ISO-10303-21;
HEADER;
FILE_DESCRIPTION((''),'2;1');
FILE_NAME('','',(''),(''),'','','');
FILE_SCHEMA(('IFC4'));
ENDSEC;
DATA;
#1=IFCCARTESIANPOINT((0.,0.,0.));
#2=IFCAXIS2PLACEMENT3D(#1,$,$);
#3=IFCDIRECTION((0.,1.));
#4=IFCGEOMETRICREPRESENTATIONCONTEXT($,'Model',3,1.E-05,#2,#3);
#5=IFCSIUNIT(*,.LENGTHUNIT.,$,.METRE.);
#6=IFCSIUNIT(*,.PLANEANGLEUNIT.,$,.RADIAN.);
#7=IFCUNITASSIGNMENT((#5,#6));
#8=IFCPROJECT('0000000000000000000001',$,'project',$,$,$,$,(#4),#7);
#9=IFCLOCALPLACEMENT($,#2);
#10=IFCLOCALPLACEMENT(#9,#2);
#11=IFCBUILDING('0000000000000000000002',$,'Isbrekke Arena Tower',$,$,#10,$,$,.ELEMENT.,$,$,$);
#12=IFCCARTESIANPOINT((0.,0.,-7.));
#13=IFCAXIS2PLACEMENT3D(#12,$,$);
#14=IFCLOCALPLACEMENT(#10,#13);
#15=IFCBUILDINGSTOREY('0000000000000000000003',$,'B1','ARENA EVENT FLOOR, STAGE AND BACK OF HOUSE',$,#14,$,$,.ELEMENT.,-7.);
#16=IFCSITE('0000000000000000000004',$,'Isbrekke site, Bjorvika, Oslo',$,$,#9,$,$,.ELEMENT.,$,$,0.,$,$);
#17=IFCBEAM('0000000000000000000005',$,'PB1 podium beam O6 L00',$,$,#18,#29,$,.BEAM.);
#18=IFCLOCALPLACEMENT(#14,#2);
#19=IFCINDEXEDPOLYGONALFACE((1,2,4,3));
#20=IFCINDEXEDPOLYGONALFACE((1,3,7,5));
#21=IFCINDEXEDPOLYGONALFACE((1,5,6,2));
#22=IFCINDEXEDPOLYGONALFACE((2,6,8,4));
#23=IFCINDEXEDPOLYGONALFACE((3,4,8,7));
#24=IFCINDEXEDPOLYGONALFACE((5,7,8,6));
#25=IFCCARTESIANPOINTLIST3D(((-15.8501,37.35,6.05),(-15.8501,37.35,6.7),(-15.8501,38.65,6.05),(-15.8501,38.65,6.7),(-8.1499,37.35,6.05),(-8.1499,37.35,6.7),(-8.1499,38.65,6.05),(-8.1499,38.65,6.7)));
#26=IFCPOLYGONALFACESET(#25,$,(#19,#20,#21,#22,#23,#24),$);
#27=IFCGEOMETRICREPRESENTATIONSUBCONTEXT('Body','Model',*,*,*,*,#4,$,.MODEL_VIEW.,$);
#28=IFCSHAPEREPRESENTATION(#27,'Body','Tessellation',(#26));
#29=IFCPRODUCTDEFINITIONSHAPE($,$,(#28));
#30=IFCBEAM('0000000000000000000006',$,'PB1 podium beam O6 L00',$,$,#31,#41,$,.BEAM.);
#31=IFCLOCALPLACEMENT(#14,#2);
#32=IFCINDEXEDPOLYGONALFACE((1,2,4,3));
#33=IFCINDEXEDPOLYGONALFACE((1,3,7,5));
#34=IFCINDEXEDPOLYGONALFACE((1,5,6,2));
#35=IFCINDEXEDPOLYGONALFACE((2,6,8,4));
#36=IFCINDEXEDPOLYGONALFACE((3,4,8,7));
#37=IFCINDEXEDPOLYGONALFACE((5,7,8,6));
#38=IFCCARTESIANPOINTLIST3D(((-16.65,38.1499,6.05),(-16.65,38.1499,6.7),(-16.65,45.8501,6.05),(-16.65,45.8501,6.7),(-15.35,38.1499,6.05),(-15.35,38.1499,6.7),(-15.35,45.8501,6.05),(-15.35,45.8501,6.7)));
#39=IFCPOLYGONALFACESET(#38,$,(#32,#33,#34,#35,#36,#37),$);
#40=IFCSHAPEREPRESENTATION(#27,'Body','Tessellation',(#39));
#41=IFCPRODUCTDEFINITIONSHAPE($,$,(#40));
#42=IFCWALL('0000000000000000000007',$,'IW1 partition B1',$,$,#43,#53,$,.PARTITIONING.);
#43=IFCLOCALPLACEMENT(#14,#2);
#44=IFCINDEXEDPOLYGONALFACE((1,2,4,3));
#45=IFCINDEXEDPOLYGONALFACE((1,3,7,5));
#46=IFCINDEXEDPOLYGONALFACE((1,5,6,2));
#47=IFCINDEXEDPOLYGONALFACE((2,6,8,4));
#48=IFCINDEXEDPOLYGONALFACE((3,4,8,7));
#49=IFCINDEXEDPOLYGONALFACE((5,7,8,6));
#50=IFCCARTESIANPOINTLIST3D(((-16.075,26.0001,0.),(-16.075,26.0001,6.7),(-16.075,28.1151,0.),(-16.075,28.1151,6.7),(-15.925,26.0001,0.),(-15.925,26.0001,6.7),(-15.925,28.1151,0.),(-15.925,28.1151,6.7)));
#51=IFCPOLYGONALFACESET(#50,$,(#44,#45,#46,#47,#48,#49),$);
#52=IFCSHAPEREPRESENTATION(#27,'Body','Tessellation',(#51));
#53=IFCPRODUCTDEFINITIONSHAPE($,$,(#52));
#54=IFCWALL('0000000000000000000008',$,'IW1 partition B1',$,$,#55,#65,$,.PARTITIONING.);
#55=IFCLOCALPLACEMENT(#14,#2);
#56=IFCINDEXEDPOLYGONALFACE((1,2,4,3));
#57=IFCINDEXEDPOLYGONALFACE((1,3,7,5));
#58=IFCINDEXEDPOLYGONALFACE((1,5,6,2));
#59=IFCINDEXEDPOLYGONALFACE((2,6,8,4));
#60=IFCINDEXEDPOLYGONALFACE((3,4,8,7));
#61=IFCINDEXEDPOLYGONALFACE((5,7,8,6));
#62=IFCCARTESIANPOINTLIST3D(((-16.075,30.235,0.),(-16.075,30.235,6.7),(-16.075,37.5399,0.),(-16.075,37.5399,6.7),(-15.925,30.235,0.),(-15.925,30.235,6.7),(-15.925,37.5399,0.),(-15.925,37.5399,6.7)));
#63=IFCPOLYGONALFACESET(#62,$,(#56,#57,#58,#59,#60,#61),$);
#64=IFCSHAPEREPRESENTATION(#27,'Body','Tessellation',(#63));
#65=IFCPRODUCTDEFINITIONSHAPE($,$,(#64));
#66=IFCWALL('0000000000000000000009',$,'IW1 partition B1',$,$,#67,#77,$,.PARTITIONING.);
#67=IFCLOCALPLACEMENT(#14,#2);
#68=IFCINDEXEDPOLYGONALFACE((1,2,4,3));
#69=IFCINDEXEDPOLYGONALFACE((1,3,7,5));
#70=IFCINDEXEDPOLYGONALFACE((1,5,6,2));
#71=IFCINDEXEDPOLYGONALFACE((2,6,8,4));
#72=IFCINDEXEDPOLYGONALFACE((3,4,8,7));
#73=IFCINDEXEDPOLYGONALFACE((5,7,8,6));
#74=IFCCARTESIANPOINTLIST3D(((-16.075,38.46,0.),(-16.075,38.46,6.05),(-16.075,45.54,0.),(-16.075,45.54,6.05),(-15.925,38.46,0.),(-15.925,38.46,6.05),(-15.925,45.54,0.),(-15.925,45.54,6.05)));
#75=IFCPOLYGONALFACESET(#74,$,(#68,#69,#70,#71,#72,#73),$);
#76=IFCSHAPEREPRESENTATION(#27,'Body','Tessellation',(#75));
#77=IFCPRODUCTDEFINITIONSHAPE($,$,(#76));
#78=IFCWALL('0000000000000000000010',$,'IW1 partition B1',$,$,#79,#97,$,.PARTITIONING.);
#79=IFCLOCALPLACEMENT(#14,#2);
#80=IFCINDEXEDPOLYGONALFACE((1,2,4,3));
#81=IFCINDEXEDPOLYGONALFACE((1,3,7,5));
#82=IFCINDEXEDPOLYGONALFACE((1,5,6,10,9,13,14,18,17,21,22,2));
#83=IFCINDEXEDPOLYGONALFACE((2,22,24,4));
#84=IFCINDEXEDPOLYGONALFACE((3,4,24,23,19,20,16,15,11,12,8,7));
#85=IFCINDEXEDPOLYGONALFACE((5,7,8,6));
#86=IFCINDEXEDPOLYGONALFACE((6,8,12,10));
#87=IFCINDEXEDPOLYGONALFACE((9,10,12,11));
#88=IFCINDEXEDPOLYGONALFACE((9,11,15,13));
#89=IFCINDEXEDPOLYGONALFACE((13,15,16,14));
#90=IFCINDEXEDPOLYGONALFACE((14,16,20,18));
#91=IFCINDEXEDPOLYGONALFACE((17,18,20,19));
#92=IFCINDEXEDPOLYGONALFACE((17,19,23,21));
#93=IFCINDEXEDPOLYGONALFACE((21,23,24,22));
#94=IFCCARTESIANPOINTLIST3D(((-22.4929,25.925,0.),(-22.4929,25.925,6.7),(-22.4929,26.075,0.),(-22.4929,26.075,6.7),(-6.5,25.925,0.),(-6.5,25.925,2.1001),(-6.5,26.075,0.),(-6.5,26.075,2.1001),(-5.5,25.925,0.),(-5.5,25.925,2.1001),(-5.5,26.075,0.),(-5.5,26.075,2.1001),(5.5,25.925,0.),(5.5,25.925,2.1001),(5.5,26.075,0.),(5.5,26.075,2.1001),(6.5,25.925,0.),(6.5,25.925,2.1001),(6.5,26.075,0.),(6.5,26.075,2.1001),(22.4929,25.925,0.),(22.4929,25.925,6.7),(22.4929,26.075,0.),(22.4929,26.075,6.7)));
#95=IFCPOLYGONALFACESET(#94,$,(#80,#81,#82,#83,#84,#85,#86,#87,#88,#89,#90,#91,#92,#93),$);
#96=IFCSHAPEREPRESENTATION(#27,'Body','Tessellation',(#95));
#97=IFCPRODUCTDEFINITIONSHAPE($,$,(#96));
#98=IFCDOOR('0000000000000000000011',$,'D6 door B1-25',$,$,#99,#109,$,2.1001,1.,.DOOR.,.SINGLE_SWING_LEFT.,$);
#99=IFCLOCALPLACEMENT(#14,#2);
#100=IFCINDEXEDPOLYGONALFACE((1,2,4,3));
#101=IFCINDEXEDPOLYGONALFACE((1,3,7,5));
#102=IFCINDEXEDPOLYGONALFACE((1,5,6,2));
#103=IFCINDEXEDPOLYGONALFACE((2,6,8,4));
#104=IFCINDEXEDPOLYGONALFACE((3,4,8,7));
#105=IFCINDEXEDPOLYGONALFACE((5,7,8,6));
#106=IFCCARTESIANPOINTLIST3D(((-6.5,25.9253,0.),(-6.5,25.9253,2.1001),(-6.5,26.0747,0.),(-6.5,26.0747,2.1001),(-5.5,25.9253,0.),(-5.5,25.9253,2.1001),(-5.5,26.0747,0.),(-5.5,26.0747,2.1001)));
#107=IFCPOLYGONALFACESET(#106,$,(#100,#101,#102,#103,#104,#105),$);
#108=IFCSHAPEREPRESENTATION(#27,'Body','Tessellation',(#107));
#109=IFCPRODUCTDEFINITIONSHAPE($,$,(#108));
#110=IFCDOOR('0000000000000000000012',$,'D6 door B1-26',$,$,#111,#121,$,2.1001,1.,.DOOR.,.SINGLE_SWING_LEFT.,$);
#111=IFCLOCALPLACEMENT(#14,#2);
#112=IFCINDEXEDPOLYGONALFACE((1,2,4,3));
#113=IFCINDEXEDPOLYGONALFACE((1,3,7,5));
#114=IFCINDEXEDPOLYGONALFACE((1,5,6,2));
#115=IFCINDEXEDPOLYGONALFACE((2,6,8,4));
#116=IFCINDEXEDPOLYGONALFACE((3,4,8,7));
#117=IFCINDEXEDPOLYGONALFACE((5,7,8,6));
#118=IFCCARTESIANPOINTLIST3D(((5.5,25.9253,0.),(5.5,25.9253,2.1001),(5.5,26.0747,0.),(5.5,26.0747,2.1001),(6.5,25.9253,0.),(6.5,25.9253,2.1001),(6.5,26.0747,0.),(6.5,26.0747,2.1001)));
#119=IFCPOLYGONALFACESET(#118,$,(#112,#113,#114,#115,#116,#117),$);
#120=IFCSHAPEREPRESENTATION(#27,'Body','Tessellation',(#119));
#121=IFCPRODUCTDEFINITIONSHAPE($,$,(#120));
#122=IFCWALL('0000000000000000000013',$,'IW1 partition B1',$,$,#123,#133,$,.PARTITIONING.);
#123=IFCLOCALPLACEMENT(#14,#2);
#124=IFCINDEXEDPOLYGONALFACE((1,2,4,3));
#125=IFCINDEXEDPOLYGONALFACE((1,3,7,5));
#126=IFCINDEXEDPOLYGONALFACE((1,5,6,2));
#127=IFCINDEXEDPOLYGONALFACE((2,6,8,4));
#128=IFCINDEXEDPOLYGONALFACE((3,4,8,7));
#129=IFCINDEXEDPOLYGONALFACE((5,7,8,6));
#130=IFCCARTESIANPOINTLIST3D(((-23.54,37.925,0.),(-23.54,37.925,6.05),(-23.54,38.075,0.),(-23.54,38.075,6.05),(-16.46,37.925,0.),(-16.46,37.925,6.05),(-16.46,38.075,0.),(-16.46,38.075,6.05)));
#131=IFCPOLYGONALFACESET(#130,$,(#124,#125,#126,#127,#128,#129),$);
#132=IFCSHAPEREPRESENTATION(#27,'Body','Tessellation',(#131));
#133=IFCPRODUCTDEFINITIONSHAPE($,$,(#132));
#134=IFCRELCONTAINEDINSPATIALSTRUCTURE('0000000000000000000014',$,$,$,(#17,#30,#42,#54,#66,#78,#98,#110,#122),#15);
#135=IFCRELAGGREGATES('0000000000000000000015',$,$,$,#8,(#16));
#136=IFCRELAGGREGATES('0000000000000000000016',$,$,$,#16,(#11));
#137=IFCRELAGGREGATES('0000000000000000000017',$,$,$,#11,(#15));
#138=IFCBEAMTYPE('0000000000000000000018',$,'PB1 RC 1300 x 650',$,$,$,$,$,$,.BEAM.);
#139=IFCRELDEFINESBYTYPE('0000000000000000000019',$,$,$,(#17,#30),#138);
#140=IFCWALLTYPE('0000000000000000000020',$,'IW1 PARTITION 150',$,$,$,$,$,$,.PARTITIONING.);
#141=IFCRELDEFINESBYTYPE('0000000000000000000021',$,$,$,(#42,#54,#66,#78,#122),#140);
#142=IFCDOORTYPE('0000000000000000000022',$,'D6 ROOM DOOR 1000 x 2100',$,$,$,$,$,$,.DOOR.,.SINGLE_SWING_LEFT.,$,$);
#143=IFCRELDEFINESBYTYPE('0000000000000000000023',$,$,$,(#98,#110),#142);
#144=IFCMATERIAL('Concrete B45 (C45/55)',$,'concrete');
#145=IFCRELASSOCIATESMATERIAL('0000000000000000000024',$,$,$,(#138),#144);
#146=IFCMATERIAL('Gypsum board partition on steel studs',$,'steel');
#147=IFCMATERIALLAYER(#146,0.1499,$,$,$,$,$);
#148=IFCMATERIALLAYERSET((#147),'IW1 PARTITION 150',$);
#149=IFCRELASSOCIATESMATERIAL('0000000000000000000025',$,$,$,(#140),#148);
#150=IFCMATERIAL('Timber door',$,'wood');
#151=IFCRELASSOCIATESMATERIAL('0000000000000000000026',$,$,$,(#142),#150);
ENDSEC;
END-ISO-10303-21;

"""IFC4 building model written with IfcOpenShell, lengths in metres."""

from ifc_helpers import new_model, si_unit, direction, frame, frame_2d, origin, origin_2d, place, context, subcontext, project, spatial, rectangle, extrude, material, layer, layer_set, material_profile, profile_set, type_object, element, fill, save


model = new_model("IFC4")

# Units and contexts
model_context = context("Model", 3, precision=1e-05, world=origin(), true_north=direction((0.0, 1.0)))
body_context = subcontext(model_context, "Body", "Model", "MODEL_VIEW")
ifc_project = project(units=[si_unit("LENGTHUNIT", "METRE"), si_unit("PLANEANGLEUNIT", "RADIAN")], contexts=[model_context])

# Site, building, storey
site_placement = place(None, origin())
site = spatial("IfcSite", under=ifc_project, at=site_placement, Name="Isbrekke site, Bjorvika, Oslo", CompositionType="ELEMENT", RefElevation=0.0)
building_placement = place(site_placement, origin())
building = spatial("IfcBuilding", under=site, at=building_placement, Name="Isbrekke Arena Tower", CompositionType="ELEMENT")
storey_placement = place(building_placement, frame((0.0, 0.0, -7.0)))
storey = spatial("IfcBuildingStorey", under=building, at=storey_placement, Name="B1", Description="ARENA EVENT FLOOR, STAGE AND BACK OF HOUSE", CompositionType="ELEMENT", Elevation=-7.0)

# Beams
ifc_material_1 = material(Name="Concrete B45 (C45/55)", Category="concrete")
ifc_material_profile_1 = material_profile(ifc_material_1, rectangle(XDim=1.3, YDim=0.6499, at=origin_2d()), Name="RC 1300x650")
ifc_profile_set_1 = profile_set([ifc_material_profile_1], Name="Concrete B45 (C45/55)")
beam_type = type_object("IfcBeamType", Name="PB1 RC 1300 x 650", PredefinedType="BEAM", material=ifc_profile_set_1)
for number, where, z_axis, x_axis, name in (
    (1, (-15.8501, 38.0, 6.375), (1.0, 0.0, 0.0), (0.0, 1.0, 0.0), "PB1 podium beam O6 L00"),
    (2, (-16.0, 38.1499, 6.375), (0.0, 1.0, 0.0), (-1.0, 0.0, 0.0), "PB1 podium beam O6 L00"),
):
    element("IfcBeam", number, at=place(storey_placement, frame(where, z_axis=z_axis, x_axis=x_axis)), inside=storey, type_object=beam_type, Name=name, PredefinedType="BEAM", context=body_context, shape_type="SweptSolid", body=[
        extrude(rectangle(XDim=1.3, YDim=0.6499, at=origin_2d()), origin(), (0.0, 0.0, 1.0), 7.7002),
    ])

# Walls
ifc_material_2 = material(Name="Gypsum board partition on steel studs", Category="steel")
ifc_layer = layer(ifc_material_2, 0.1499)
ifc_layer_set = layer_set([ifc_layer], Name="IW1 PARTITION 150")
wall_type = type_object("IfcWallType", Name="IW1 PARTITION 150", PredefinedType="PARTITIONING", material=ifc_layer_set)
wall_1_placement = place(storey_placement, frame((-16.0, 26.0, 0.0), z_axis=(0.0, 0.0, 1.0), x_axis=(0.0, 1.0, 0.0)))
element("IfcWall", 3, at=wall_1_placement, inside=storey, type_object=wall_type, Name="IW1 partition B1", PredefinedType="PARTITIONING", context=body_context, shape_type="SweptSolid", body=[
    extrude(rectangle(XDim=2.115, YDim=0.1499, at=frame_2d((1.0576, 0.0))), origin(), (0.0, 0.0, 1.0), 6.7),
])
wall_2_placement = place(storey_placement, frame((-16.0, 30.2351, 0.0), z_axis=(0.0, 0.0, 1.0), x_axis=(0.0, 1.0, 0.0)))
element("IfcWall", 4, at=wall_2_placement, inside=storey, type_object=wall_type, Name="IW1 partition B1", PredefinedType="PARTITIONING", context=body_context, shape_type="SweptSolid", body=[
    extrude(rectangle(XDim=7.3049, YDim=0.1499, at=frame_2d((3.6523, 0.0))), origin(), (0.0, 0.0, 1.0), 6.7),
])
wall_3_placement = place(storey_placement, frame((-16.0, 38.46, 0.0), z_axis=(0.0, 0.0, 1.0), x_axis=(0.0, 1.0, 0.0)))
element("IfcWall", 5, at=wall_3_placement, inside=storey, type_object=wall_type, Name="IW1 partition B1", PredefinedType="PARTITIONING", context=body_context, shape_type="SweptSolid", body=[
    extrude(rectangle(XDim=7.0801, YDim=0.1499, at=frame_2d((3.54, 0.0))), origin(), (0.0, 0.0, 1.0), 6.05),
])

# Wall, openings, doors
wall_4_placement = place(storey_placement, frame((-22.4929, 26.0, 0.0), z_axis=(0.0, 0.0, 1.0), x_axis=(1.0, 0.0, 0.0)))
wall_4 = element("IfcWall", 6, at=wall_4_placement, inside=storey, type_object=wall_type, Name="IW1 partition B1", PredefinedType="PARTITIONING", context=body_context, shape_type="SweptSolid", body=[
    extrude(rectangle(XDim=44.9858, YDim=0.1499, at=frame_2d((22.4929, 0.0))), origin(), (0.0, 0.0, 1.0), 6.7),
])
opening_1_placement = place(wall_4_placement, frame((15.9929, 0.0, 0.0)))
opening_1 = element("IfcOpeningElement", 7, at=opening_1_placement, cuts=wall_4, PredefinedType="OPENING", context=body_context, shape_type="SweptSolid", body=[
    extrude(rectangle(XDim=1.0, YDim=2.1001, at=frame_2d((0.5, 1.05))), frame((0.0, 0.0898, 0.0), z_axis=(0.0, -1.0, 0.0), x_axis=(1.0, 0.0, 0.0)), (0.0, 0.0, 1.0), 0.1797),
])
opening_2_placement = place(wall_4_placement, frame((27.9929, 0.0, 0.0)))
opening_2 = element("IfcOpeningElement", 8, at=opening_2_placement, cuts=wall_4, PredefinedType="OPENING", context=body_context, shape_type="SweptSolid", body=[
    extrude(rectangle(XDim=1.0, YDim=2.1001, at=frame_2d((0.5, 1.05))), frame((0.0, 0.0898, 0.0), z_axis=(0.0, -1.0, 0.0), x_axis=(1.0, 0.0, 0.0)), (0.0, 0.0, 1.0), 0.1797),
])
ifc_material_3 = material(Name="Timber door", Category="wood")
door_type = type_object("IfcDoorType", Name="D6 ROOM DOOR 1000 x 2100", OperationType="SINGLE_SWING_LEFT", PredefinedType="DOOR", material=ifc_material_3)
door_1_placement = place(opening_1_placement, origin())
door_1 = element("IfcDoor", 9, at=door_1_placement, inside=storey, type_object=door_type, Name="D6 door B1-25", OperationType="SINGLE_SWING_LEFT", OverallHeight=2.1001, OverallWidth=1.0, PredefinedType="DOOR", context=body_context, shape_type="SweptSolid", body=[
    extrude(rectangle(XDim=1.0, YDim=2.1001, at=frame_2d((0.5, 1.05))), frame((0.0, 0.0747, 0.0), z_axis=(0.0, -1.0, 0.0), x_axis=(1.0, 0.0, 0.0)), (0.0, 0.0, 1.0), 0.1494),
])
fill(opening_1, door_1)
door_2_placement = place(opening_2_placement, origin())
door_2 = element("IfcDoor", 10, at=door_2_placement, inside=storey, type_object=door_type, Name="D6 door B1-26", OperationType="SINGLE_SWING_LEFT", OverallHeight=2.1001, OverallWidth=1.0, PredefinedType="DOOR", context=body_context, shape_type="SweptSolid", body=[
    extrude(rectangle(XDim=1.0, YDim=2.1001, at=frame_2d((0.5, 1.05))), frame((0.0, 0.0747, 0.0), z_axis=(0.0, -1.0, 0.0), x_axis=(1.0, 0.0, 0.0)), (0.0, 0.0, 1.0), 0.1494),
])
fill(opening_2, door_2)

# Wall
wall_5_placement = place(storey_placement, frame((-23.54, 38.0, 0.0), z_axis=(0.0, 0.0, 1.0), x_axis=(1.0, 0.0, 0.0)))
element("IfcWall", 11, at=wall_5_placement, inside=storey, type_object=wall_type, Name="IW1 partition B1", PredefinedType="PARTITIONING", context=body_context, shape_type="SweptSolid", body=[
    extrude(rectangle(XDim=7.0801, YDim=0.1499, at=frame_2d((3.54, 0.0))), origin(), (0.0, 0.0, 1.0), 6.05),
])

save(model, "model.ifc")
